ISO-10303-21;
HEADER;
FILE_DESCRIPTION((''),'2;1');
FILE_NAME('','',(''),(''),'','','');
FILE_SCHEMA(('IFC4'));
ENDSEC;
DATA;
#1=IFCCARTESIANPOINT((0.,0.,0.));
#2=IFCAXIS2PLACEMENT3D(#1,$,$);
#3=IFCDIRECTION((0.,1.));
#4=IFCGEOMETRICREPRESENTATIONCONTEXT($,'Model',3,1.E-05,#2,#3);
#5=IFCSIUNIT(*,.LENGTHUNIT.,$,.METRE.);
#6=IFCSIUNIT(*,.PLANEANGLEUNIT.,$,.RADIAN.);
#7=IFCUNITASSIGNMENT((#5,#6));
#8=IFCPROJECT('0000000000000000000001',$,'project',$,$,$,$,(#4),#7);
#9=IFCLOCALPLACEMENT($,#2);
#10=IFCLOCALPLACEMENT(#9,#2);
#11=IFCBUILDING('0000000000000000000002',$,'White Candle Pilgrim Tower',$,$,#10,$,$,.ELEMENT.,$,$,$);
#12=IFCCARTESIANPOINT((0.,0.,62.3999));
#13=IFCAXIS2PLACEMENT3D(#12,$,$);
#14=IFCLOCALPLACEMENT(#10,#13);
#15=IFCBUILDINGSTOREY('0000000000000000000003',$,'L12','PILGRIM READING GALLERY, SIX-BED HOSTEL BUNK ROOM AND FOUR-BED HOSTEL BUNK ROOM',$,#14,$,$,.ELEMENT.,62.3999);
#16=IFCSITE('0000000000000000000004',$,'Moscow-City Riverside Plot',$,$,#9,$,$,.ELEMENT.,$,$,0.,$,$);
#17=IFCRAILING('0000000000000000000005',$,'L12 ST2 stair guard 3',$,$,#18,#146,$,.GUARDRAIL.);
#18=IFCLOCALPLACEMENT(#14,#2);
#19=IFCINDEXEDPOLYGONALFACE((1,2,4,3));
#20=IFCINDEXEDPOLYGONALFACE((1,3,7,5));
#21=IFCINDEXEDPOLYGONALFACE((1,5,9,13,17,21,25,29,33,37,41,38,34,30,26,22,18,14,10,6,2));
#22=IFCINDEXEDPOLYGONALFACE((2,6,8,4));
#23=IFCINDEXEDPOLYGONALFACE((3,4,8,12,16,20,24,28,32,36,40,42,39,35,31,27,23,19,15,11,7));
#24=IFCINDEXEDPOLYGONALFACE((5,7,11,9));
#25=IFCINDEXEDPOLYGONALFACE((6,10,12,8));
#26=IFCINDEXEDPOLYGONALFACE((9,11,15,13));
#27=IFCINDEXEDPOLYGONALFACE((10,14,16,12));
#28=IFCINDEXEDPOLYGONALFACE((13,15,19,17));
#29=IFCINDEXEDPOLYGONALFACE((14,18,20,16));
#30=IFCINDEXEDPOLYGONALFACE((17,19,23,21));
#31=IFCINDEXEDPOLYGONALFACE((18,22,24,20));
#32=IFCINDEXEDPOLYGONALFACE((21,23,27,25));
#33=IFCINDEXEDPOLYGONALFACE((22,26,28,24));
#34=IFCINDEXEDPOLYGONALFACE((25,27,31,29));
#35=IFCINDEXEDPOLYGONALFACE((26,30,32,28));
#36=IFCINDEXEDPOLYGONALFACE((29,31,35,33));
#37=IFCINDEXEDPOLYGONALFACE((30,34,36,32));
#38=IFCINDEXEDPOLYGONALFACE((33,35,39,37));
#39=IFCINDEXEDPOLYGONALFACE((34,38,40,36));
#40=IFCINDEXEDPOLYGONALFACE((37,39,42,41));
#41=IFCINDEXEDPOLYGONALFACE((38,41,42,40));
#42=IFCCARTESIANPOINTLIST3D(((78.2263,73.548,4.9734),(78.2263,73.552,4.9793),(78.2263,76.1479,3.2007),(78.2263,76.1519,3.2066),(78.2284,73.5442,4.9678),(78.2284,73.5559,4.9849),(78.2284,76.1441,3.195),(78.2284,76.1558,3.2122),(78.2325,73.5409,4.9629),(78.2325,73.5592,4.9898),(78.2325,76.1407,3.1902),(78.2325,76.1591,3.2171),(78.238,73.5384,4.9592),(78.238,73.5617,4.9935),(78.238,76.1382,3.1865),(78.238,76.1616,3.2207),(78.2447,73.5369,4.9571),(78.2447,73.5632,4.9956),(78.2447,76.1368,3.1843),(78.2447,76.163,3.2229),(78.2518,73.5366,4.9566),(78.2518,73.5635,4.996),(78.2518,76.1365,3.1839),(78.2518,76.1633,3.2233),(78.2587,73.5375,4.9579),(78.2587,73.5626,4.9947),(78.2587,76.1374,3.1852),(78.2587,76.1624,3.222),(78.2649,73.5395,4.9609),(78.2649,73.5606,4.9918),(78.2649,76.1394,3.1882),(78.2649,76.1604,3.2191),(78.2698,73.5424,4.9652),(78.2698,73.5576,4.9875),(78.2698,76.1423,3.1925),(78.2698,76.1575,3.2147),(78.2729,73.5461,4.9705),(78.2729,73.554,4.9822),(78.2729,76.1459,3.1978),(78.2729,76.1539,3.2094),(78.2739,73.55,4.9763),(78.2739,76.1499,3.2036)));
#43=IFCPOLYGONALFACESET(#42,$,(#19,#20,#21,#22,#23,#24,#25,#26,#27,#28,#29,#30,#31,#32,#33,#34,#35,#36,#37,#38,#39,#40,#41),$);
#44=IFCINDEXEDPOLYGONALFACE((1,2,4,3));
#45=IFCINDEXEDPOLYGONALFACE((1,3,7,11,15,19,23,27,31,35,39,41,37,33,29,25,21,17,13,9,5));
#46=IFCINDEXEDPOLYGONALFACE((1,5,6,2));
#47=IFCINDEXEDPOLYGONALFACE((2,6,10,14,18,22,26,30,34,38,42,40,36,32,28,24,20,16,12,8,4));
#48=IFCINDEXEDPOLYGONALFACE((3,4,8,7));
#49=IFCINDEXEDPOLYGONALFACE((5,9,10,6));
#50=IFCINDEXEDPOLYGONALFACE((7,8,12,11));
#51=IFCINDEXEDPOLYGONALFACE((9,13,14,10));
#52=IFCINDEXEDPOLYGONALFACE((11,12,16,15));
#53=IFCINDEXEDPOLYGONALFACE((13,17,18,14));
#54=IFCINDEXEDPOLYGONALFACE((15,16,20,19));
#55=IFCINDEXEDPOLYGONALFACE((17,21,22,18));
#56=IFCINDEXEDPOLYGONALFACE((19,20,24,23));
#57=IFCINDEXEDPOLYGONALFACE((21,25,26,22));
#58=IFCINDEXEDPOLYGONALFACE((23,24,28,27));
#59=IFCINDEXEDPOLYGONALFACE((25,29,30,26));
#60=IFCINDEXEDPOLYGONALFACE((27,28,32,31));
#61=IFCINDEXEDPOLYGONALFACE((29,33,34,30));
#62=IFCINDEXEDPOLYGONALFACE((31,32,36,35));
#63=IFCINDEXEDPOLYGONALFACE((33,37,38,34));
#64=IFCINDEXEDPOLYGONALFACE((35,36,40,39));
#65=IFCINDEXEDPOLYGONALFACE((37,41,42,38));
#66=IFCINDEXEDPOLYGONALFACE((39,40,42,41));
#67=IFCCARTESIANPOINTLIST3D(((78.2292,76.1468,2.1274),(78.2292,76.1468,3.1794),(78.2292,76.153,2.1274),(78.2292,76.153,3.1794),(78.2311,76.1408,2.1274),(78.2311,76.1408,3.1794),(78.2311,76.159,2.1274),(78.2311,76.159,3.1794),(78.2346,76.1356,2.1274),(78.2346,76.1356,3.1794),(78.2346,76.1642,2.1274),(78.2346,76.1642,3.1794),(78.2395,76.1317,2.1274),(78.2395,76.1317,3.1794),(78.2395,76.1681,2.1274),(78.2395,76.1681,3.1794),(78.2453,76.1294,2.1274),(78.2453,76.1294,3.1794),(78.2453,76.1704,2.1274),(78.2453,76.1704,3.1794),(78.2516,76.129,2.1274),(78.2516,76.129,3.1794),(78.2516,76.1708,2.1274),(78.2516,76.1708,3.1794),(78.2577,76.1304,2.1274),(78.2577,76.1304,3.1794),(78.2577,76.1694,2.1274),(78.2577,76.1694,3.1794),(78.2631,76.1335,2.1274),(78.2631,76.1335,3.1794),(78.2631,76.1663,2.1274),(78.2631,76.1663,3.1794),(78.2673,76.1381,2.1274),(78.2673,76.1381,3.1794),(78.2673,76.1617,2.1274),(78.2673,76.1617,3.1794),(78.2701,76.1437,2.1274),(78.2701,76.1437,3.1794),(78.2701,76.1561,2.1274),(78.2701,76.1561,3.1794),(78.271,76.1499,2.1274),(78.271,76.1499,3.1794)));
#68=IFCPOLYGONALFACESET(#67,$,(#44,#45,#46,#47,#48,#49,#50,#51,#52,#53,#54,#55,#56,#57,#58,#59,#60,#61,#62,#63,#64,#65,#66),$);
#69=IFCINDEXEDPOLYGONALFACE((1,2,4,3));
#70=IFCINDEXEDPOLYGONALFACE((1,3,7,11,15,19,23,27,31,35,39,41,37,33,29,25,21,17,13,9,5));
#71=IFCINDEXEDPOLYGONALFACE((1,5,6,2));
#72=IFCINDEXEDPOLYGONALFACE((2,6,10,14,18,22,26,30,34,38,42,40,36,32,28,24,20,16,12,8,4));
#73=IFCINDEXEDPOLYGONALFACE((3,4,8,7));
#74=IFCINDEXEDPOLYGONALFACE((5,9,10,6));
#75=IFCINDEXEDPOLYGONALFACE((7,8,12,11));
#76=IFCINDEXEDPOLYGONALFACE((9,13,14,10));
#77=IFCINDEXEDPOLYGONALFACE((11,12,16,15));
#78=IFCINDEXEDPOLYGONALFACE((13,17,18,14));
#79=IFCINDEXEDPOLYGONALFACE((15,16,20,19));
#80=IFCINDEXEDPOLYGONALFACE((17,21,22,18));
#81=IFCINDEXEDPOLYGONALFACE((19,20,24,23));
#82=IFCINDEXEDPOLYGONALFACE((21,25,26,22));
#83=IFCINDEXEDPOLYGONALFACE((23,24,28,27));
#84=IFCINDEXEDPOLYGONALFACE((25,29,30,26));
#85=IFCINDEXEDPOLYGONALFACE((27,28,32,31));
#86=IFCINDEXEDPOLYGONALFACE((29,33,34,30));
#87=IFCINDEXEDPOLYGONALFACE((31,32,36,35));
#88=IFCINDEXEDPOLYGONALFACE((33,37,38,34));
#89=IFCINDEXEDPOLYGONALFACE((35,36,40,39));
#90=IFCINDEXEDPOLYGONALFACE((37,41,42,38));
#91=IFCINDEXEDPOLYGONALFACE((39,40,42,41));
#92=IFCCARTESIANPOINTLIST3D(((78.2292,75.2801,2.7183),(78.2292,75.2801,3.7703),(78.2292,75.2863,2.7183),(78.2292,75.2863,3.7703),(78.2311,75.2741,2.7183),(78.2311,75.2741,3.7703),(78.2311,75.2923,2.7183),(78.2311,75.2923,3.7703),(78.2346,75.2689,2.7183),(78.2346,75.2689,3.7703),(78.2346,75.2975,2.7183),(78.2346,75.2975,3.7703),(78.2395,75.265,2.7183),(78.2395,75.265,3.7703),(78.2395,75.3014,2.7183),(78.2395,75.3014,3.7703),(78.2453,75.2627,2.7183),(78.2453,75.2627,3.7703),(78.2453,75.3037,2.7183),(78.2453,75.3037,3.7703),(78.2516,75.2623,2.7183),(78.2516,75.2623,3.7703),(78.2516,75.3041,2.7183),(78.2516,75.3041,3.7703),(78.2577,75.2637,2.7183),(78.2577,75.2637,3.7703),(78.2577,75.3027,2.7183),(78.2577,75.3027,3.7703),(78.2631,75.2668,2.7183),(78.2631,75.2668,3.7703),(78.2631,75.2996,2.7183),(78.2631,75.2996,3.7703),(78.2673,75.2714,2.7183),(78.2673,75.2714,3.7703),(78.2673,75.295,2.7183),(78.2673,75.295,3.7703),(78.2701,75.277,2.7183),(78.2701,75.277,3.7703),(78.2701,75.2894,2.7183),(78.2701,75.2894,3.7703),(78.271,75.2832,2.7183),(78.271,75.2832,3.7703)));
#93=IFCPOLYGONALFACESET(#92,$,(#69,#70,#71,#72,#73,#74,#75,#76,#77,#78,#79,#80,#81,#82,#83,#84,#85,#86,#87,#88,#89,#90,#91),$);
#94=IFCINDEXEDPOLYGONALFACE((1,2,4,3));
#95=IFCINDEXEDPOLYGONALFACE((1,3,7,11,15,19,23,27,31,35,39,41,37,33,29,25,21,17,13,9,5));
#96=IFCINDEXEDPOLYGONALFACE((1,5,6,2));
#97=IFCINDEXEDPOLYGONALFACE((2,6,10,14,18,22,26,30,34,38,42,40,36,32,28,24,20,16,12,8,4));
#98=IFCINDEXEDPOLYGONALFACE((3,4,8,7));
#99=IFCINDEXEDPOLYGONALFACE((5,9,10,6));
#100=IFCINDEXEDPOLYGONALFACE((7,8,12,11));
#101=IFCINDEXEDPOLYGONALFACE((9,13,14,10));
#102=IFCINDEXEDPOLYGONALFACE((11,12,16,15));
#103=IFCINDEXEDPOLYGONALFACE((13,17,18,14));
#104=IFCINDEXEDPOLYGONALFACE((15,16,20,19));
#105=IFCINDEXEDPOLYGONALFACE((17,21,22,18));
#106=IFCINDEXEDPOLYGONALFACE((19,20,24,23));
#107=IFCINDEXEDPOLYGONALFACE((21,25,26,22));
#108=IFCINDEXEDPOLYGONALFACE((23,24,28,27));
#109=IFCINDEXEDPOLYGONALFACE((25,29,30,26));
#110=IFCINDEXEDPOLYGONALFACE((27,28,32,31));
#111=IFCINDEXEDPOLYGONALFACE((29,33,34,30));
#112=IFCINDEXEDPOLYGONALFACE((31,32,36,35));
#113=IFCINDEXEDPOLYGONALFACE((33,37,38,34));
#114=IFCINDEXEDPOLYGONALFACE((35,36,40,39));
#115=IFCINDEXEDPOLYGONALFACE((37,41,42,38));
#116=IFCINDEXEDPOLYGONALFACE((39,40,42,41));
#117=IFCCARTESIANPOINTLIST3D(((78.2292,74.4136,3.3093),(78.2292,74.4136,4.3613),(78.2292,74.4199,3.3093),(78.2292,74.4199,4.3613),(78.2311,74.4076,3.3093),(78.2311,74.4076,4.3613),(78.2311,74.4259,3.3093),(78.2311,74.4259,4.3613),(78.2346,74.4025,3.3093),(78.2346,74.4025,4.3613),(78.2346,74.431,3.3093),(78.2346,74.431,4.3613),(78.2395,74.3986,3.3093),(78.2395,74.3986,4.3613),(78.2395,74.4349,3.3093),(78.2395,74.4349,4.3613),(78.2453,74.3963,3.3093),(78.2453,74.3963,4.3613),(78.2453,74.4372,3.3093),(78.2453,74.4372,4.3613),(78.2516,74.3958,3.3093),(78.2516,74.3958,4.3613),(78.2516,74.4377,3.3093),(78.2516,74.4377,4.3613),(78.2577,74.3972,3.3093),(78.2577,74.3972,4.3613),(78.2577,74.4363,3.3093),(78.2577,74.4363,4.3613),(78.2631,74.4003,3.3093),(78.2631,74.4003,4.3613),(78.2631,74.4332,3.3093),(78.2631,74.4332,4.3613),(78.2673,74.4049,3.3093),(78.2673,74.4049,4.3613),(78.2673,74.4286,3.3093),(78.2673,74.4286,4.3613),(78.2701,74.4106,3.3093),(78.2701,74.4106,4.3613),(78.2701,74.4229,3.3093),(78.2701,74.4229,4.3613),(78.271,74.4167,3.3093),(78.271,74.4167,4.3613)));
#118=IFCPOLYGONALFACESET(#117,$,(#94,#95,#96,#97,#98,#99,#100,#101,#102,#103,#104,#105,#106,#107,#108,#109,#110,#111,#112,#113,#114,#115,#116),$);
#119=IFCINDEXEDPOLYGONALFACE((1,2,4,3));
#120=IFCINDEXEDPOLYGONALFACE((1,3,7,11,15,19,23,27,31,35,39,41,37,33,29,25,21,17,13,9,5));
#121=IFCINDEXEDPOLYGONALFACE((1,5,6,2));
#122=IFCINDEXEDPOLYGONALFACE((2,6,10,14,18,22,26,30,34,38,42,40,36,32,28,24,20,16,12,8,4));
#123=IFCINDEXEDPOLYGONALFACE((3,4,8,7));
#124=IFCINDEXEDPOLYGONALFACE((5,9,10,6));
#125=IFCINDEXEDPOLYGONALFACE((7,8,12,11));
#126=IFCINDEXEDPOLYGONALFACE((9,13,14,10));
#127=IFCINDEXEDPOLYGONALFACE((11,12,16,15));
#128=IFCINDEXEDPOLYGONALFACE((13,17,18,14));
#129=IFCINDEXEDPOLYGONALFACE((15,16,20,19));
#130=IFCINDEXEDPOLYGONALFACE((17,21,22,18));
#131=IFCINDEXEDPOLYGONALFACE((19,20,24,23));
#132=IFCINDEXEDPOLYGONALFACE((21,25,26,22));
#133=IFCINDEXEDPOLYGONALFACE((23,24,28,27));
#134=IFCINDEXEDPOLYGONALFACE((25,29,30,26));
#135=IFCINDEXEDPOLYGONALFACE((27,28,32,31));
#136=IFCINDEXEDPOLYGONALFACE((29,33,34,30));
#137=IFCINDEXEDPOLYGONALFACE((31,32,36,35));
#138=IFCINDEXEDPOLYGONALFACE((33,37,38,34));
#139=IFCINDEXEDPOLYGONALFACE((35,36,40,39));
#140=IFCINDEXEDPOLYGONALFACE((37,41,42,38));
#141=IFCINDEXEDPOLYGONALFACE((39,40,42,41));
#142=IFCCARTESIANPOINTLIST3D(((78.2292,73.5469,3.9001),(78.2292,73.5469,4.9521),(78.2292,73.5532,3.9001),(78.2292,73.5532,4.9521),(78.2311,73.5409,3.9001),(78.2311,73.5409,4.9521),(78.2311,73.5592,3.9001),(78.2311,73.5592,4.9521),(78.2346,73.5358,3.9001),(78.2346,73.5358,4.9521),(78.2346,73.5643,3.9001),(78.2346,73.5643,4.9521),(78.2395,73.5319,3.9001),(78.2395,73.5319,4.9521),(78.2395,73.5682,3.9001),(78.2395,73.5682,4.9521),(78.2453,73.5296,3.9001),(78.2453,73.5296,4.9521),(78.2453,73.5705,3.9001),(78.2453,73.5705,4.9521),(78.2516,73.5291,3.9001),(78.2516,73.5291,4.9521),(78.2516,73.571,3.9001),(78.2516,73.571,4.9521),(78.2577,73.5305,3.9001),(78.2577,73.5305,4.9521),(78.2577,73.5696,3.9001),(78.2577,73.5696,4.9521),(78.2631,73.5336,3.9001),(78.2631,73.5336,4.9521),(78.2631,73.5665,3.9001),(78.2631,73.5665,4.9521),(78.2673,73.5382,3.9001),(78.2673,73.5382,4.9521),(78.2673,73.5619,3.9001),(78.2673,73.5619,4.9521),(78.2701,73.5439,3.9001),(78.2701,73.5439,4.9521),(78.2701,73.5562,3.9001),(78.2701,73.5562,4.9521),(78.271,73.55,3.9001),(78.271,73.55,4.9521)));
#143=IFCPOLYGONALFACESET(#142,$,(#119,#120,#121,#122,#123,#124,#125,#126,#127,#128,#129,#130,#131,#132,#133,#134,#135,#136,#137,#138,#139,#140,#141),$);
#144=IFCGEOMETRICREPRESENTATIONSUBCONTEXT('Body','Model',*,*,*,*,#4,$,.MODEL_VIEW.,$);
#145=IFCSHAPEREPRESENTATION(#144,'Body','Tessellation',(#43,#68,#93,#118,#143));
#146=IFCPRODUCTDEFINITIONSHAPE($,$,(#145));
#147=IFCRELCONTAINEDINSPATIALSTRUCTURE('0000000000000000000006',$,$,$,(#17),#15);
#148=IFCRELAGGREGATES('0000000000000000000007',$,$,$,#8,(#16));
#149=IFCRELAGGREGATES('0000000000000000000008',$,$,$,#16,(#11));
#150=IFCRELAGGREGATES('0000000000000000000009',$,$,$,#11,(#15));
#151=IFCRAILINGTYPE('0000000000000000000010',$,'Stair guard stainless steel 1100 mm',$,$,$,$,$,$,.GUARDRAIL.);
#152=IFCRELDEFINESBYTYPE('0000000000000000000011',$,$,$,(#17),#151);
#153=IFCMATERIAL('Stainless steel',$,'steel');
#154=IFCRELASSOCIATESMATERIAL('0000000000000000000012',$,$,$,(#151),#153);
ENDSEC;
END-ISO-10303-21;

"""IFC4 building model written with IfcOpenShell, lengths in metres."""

from ifc_helpers import new_model, si_unit, direction, frame, origin, origin_2d, place, context, subcontext, project, spatial, circle, extrude, material, type_object, element, save


model = new_model("IFC4")

# Units and contexts
model_context = context("Model", 3, precision=1e-05, world=origin(), true_north=direction((0.0, 1.0)))
body_context = subcontext(model_context, "Body", "Model", "MODEL_VIEW")
ifc_project = project(units=[si_unit("LENGTHUNIT", "METRE"), si_unit("PLANEANGLEUNIT", "RADIAN")], contexts=[model_context])

# Site, building, storey
site_placement = place(None, origin())
site = spatial("IfcSite", under=ifc_project, at=site_placement, Name="Moscow-City Riverside Plot", CompositionType="ELEMENT", RefElevation=0.0)
building_placement = place(site_placement, origin())
building = spatial("IfcBuilding", under=site, at=building_placement, Name="White Candle Pilgrim Tower", CompositionType="ELEMENT")
storey_placement = place(building_placement, frame((0.0, 0.0, 62.3999)))
storey = spatial("IfcBuildingStorey", under=building, at=storey_placement, Name="L12", Description="PILGRIM READING GALLERY, SIX-BED HOSTEL BUNK ROOM AND FOUR-BED HOSTEL BUNK ROOM", CompositionType="ELEMENT", Elevation=62.3999)

# Railing
ifc_material_1 = material(Name="Stainless steel", Category="steel")
railing_type = type_object("IfcRailingType", Name="Stair guard stainless steel 1100 mm", PredefinedType="GUARDRAIL", material=ifc_material_1)
railing_1_placement = place(storey_placement, frame((78.25, 76.1499, 2.1274)))
element("IfcRailing", 1, at=railing_1_placement, inside=storey, type_object=railing_type, Name="L12 ST2 stair guard 3", PredefinedType="GUARDRAIL", context=body_context, shape_type="SweptSolid", body=[
    extrude(circle(Radius=0.0239, at=origin_2d()), frame((0.0, 0.0, 1.0762), z_axis=(0.0, -0.826216, 0.563354), x_axis=(1.0, 0.0, 0.0)), (0.0, 0.0, 1.0), 3.1467),
    extrude(circle(Radius=0.021, at=origin_2d()), origin(), (0.0, 0.0, 1.0), 1.052),
    extrude(circle(Radius=0.021, at=origin_2d()), frame((0.0, -0.8667, 0.5908)), (0.0, 0.0, 1.0), 1.052),
    extrude(circle(Radius=0.021, at=origin_2d()), frame((0.0, -1.7332, 1.1819)), (0.0, 0.0, 1.0), 1.052),
    extrude(circle(Radius=0.021, at=origin_2d()), frame((0.0, -2.5999, 1.7727)), (0.0, 0.0, 1.0), 1.052),
])

save(model, "model.ifc")
